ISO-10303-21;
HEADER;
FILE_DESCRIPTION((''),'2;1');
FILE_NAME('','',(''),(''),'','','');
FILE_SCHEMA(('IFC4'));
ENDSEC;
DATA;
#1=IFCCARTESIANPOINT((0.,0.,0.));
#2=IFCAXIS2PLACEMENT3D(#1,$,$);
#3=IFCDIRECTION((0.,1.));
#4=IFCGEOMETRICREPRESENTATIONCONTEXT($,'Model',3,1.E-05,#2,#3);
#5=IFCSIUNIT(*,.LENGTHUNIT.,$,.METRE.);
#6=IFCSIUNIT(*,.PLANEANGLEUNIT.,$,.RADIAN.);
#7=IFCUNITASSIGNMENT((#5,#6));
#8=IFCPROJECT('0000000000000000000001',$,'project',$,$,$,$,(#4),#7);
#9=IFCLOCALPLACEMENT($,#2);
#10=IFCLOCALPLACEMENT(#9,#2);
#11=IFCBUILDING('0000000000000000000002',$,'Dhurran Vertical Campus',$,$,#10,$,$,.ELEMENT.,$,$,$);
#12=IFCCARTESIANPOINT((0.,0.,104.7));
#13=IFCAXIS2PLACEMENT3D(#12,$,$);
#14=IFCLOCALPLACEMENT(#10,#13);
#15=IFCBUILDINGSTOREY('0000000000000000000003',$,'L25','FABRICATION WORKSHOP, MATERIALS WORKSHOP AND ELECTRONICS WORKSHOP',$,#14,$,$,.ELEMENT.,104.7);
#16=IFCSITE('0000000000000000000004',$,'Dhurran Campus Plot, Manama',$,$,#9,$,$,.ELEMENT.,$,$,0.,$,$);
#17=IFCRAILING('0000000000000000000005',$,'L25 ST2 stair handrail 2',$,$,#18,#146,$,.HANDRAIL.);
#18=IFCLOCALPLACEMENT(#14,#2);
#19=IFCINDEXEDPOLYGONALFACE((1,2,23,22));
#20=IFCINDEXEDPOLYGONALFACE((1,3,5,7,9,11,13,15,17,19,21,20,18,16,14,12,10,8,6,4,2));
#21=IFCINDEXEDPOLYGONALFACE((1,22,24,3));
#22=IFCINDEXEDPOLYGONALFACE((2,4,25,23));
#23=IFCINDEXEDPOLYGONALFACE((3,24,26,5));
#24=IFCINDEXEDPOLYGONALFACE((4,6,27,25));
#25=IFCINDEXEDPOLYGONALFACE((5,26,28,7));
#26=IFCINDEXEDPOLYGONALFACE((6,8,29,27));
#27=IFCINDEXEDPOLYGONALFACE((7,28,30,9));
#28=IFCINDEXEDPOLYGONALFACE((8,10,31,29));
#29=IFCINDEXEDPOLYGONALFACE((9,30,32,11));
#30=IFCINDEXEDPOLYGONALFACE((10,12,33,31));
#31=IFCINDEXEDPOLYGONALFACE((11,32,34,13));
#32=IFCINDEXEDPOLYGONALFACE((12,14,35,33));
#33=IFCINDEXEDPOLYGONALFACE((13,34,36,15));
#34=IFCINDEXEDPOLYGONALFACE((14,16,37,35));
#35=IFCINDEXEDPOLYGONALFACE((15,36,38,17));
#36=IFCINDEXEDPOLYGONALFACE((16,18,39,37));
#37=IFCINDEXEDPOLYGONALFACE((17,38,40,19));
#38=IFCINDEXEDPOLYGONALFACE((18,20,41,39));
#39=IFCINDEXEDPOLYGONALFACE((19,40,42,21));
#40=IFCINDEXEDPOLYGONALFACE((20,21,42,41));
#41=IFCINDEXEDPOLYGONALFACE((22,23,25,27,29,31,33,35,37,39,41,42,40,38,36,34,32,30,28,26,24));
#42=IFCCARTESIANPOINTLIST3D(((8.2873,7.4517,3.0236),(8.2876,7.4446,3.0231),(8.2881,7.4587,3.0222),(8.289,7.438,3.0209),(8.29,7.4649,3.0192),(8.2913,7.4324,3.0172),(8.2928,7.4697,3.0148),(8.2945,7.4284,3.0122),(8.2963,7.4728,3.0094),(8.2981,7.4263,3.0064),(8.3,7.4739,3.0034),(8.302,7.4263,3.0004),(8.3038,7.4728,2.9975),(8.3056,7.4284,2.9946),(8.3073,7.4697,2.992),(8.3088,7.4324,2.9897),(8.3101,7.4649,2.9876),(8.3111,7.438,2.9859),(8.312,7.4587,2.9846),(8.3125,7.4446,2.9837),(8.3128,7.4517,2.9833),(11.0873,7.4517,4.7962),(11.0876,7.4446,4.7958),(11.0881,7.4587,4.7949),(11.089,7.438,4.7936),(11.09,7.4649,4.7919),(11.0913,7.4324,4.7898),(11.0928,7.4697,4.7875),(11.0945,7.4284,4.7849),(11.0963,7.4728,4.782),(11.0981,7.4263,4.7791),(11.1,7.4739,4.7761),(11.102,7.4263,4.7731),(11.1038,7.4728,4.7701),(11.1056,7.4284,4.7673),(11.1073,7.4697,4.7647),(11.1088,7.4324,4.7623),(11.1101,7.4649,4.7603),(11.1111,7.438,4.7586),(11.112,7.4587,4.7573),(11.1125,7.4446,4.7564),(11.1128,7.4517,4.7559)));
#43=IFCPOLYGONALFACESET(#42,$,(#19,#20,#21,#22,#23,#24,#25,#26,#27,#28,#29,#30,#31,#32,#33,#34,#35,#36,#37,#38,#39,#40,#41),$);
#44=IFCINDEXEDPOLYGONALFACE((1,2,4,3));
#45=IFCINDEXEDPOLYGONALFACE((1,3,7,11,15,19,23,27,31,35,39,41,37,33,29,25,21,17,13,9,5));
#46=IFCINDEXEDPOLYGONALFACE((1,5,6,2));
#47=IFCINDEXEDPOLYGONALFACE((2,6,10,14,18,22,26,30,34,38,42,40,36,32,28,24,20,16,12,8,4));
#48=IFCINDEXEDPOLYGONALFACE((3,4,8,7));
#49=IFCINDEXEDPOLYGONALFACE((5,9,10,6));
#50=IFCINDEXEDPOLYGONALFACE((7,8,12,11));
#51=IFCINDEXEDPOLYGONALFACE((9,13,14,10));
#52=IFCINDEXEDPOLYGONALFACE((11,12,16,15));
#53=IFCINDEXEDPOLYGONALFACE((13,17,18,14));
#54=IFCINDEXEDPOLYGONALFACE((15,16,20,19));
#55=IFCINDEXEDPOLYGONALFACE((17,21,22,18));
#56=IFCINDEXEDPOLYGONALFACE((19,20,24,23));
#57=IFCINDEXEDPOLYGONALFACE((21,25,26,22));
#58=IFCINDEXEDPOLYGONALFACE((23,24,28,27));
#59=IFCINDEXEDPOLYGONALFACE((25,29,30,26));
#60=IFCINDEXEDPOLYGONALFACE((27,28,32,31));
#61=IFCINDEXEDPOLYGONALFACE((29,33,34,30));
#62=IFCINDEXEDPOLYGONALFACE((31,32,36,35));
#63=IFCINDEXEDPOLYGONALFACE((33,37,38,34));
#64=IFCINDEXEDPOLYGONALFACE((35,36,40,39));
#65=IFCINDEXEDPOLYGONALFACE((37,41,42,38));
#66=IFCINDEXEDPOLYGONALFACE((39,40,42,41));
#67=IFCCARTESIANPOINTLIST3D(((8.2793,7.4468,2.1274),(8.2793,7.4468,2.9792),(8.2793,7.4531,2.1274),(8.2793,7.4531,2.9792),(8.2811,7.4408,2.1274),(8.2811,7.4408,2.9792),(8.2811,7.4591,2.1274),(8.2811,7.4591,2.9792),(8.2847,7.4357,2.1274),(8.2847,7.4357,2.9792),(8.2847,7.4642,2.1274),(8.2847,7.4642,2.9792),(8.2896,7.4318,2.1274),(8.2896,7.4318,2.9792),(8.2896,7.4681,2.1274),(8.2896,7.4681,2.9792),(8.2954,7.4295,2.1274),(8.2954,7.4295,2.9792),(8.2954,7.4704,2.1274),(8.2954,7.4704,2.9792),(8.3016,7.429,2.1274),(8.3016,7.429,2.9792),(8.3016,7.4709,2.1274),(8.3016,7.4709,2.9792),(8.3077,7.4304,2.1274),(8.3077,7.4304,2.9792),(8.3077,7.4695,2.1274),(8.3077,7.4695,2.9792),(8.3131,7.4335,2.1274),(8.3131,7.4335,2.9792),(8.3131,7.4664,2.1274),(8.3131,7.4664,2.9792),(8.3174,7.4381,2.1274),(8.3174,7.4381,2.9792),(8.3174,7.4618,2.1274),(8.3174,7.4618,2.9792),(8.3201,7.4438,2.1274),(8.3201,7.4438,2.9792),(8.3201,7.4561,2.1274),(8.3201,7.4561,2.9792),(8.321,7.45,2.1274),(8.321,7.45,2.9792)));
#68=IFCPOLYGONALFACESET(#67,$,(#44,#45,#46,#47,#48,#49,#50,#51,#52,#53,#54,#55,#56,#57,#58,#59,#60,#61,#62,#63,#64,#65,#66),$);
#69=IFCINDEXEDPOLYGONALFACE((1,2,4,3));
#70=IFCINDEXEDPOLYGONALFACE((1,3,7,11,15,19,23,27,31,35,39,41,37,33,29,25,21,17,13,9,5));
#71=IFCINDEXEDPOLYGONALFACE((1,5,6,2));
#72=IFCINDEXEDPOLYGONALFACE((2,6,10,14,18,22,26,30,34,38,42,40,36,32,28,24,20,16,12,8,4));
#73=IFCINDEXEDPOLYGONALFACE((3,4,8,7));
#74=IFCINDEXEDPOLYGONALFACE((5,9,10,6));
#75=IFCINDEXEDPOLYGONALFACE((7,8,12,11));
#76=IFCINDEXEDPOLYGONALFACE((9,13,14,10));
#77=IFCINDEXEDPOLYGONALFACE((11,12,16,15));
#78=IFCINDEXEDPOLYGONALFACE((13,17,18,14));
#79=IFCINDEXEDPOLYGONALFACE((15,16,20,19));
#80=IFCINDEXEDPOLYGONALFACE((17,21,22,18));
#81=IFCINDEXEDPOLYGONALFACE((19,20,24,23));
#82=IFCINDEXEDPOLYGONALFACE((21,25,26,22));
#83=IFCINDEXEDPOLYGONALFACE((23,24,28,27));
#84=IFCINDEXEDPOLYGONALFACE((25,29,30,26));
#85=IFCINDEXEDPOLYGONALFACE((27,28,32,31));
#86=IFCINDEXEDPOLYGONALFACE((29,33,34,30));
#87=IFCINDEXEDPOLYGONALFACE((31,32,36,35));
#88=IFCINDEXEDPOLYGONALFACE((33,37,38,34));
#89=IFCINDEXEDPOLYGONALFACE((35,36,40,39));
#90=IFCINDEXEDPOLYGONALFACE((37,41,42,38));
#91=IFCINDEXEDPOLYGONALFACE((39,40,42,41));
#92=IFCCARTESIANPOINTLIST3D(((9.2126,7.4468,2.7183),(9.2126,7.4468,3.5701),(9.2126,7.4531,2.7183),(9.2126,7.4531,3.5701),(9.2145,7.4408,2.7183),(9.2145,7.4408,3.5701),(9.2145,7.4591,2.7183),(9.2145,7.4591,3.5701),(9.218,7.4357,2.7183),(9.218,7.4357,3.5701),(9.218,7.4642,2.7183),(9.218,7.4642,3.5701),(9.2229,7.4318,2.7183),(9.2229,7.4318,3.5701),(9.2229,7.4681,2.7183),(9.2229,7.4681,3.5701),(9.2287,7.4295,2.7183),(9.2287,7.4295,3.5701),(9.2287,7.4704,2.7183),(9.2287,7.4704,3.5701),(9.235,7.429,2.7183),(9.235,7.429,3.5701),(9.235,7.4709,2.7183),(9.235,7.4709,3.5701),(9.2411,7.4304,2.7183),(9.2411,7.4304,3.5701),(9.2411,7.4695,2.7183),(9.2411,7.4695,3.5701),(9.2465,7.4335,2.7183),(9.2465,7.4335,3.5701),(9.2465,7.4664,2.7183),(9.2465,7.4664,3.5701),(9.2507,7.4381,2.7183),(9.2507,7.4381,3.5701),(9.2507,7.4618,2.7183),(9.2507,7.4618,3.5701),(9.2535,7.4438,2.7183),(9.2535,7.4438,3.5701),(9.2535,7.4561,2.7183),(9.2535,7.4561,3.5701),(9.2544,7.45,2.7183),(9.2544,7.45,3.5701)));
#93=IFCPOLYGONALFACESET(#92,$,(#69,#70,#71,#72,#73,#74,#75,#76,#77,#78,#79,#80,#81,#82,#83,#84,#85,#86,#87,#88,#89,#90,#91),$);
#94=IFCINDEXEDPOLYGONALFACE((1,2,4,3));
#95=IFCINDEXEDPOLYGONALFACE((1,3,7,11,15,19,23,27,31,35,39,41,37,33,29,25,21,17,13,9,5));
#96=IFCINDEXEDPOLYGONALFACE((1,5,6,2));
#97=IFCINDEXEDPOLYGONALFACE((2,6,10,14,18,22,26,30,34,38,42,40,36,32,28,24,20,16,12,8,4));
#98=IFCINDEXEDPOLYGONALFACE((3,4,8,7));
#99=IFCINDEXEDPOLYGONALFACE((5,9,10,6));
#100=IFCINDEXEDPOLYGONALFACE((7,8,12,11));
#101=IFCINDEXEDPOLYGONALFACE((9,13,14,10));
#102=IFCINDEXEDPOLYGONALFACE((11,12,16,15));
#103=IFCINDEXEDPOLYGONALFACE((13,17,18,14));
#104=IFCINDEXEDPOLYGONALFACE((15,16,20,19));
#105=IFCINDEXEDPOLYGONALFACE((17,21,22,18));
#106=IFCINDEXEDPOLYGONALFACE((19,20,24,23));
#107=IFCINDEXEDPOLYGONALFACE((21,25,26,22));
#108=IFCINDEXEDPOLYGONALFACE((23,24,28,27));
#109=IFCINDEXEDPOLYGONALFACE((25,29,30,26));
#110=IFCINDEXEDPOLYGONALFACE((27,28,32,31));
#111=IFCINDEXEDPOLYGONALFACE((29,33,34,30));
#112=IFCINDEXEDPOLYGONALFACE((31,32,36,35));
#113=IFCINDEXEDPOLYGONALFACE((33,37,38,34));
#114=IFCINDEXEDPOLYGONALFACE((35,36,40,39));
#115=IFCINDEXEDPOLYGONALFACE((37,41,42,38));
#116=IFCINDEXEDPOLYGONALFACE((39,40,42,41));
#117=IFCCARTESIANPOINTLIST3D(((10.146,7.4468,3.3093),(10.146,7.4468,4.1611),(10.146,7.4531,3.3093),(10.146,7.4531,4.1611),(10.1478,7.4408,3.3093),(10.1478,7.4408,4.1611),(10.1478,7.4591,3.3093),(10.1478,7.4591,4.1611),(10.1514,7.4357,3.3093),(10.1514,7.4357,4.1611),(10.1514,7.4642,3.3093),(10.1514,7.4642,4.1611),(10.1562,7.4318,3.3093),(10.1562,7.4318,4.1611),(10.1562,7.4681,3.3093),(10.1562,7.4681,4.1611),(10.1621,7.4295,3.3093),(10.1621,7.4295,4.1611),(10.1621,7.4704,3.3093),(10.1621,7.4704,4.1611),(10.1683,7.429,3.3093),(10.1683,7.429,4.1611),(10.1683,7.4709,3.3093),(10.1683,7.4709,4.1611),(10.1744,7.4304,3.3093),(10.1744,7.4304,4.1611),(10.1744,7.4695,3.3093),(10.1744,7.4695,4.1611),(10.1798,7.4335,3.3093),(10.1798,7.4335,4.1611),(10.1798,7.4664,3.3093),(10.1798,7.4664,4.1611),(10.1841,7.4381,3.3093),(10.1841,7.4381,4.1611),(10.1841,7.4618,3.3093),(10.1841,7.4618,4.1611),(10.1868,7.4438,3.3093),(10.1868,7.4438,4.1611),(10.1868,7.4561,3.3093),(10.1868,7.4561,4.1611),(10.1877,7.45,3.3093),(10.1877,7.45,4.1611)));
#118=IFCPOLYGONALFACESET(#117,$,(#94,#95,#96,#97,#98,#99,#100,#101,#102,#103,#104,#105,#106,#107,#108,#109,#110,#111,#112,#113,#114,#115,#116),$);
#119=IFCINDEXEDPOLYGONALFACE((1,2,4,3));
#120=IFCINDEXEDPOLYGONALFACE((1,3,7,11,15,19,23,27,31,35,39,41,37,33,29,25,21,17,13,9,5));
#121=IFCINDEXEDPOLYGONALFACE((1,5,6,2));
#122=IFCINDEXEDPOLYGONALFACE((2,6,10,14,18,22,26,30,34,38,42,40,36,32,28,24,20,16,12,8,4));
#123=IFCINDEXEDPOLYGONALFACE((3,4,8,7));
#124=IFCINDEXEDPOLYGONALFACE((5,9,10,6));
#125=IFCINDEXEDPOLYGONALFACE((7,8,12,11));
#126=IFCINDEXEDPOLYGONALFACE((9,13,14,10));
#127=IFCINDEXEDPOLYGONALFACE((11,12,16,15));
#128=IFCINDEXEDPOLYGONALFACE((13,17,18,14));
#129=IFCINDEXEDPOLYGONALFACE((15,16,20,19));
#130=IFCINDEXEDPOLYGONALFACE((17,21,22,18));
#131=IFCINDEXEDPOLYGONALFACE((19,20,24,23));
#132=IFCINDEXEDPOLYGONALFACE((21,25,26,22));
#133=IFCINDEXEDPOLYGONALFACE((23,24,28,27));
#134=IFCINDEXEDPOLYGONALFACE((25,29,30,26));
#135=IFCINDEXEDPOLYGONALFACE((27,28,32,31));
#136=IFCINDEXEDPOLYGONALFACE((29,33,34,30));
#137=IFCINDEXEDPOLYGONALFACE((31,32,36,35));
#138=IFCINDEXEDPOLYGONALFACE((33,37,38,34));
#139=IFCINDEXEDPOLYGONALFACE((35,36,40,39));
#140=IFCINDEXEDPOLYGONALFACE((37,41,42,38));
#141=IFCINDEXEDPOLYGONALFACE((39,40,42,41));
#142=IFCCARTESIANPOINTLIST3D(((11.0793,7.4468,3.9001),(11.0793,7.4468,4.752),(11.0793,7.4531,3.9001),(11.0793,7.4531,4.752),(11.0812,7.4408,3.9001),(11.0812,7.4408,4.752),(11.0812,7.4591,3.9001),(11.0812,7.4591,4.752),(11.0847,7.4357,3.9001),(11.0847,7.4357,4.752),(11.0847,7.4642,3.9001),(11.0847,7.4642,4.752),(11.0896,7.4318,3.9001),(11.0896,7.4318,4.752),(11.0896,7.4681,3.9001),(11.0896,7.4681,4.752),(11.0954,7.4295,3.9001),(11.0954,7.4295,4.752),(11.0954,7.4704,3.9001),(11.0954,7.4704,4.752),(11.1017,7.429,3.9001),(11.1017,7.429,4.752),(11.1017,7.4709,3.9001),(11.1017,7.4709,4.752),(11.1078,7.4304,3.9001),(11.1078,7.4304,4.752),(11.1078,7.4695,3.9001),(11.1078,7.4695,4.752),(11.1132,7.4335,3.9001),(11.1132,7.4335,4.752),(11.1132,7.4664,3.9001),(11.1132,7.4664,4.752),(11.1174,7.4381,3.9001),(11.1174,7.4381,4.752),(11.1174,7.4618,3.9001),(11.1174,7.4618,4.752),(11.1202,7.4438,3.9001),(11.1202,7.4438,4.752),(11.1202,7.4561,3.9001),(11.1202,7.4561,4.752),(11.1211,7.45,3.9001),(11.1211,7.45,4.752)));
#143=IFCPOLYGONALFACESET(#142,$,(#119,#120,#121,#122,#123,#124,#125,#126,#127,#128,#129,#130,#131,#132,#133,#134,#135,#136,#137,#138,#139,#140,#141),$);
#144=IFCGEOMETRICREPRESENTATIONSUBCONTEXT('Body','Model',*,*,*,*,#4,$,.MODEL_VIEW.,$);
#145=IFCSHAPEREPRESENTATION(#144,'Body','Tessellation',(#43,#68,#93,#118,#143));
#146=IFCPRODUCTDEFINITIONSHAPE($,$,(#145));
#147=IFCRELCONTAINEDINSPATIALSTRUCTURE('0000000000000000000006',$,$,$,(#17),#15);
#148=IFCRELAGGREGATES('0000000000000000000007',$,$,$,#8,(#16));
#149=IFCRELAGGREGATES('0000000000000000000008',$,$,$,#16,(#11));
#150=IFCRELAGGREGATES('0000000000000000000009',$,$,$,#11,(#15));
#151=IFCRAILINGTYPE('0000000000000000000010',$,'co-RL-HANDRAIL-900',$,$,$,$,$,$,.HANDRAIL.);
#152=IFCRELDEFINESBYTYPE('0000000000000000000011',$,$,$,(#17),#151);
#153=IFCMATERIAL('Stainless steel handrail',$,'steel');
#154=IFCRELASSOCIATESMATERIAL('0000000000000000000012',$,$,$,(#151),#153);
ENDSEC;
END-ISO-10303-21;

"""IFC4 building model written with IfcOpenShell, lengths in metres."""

from ifc_helpers import new_model, si_unit, direction, frame, origin, origin_2d, place, context, subcontext, project, spatial, circle, extrude, material, type_object, element, save


model = new_model("IFC4")

# Units and contexts
model_context = context("Model", 3, precision=1e-05, world=origin(), true_north=direction((0.0, 1.0)))
body_context = subcontext(model_context, "Body", "Model", "MODEL_VIEW")
ifc_project = project(units=[si_unit("LENGTHUNIT", "METRE"), si_unit("PLANEANGLEUNIT", "RADIAN")], contexts=[model_context])

# Site, building, storey
site_placement = place(None, origin())
site = spatial("IfcSite", under=ifc_project, at=site_placement, Name="Dhurran Campus Plot, Manama", CompositionType="ELEMENT", RefElevation=0.0)
building_placement = place(site_placement, origin())
building = spatial("IfcBuilding", under=site, at=building_placement, Name="Dhurran Vertical Campus", CompositionType="ELEMENT")
storey_placement = place(building_placement, frame((0.0, 0.0, 104.7)))
storey = spatial("IfcBuildingStorey", under=building, at=storey_placement, Name="L25", Description="FABRICATION WORKSHOP, MATERIALS WORKSHOP AND ELECTRONICS WORKSHOP", CompositionType="ELEMENT", Elevation=104.7)

# Railing
ifc_material_1 = material(Name="Stainless steel handrail", Category="steel")
railing_type_1 = type_object("IfcRailingType", Name="co-RL-HANDRAIL-900", PredefinedType="HANDRAIL", material=ifc_material_1)
railing_1_placement = place(storey_placement, frame((8.3, 7.45, 2.1274)))
element("IfcRailing", 1, at=railing_1_placement, inside=storey, type_object=railing_type_1, Name="L25 ST2 stair handrail 2", PredefinedType="HANDRAIL", context=body_context, shape_type="SweptSolid", body=[
    extrude(circle(Radius=0.0239, at=origin_2d()), frame((0.0, 0.0, 0.876), z_axis=(0.844909, 0.0, 0.53491), x_axis=(0.0, 1.0, 0.0)), (0.0, 0.0, 1.0), 3.314),
    extrude(circle(Radius=0.021, at=origin_2d()), origin(), (0.0, 0.0, 1.0), 0.8518),
    extrude(circle(Radius=0.021, at=origin_2d()), frame((0.9333, 0.0, 0.5908)), (0.0, 0.0, 1.0), 0.8518),
    extrude(circle(Radius=0.021, at=origin_2d()), frame((1.8667, 0.0, 1.1819)), (0.0, 0.0, 1.0), 0.8518),
    extrude(circle(Radius=0.021, at=origin_2d()), frame((2.8, 0.0, 1.7727)), (0.0, 0.0, 1.0), 0.8518),
])

save(model, "model.ifc")
